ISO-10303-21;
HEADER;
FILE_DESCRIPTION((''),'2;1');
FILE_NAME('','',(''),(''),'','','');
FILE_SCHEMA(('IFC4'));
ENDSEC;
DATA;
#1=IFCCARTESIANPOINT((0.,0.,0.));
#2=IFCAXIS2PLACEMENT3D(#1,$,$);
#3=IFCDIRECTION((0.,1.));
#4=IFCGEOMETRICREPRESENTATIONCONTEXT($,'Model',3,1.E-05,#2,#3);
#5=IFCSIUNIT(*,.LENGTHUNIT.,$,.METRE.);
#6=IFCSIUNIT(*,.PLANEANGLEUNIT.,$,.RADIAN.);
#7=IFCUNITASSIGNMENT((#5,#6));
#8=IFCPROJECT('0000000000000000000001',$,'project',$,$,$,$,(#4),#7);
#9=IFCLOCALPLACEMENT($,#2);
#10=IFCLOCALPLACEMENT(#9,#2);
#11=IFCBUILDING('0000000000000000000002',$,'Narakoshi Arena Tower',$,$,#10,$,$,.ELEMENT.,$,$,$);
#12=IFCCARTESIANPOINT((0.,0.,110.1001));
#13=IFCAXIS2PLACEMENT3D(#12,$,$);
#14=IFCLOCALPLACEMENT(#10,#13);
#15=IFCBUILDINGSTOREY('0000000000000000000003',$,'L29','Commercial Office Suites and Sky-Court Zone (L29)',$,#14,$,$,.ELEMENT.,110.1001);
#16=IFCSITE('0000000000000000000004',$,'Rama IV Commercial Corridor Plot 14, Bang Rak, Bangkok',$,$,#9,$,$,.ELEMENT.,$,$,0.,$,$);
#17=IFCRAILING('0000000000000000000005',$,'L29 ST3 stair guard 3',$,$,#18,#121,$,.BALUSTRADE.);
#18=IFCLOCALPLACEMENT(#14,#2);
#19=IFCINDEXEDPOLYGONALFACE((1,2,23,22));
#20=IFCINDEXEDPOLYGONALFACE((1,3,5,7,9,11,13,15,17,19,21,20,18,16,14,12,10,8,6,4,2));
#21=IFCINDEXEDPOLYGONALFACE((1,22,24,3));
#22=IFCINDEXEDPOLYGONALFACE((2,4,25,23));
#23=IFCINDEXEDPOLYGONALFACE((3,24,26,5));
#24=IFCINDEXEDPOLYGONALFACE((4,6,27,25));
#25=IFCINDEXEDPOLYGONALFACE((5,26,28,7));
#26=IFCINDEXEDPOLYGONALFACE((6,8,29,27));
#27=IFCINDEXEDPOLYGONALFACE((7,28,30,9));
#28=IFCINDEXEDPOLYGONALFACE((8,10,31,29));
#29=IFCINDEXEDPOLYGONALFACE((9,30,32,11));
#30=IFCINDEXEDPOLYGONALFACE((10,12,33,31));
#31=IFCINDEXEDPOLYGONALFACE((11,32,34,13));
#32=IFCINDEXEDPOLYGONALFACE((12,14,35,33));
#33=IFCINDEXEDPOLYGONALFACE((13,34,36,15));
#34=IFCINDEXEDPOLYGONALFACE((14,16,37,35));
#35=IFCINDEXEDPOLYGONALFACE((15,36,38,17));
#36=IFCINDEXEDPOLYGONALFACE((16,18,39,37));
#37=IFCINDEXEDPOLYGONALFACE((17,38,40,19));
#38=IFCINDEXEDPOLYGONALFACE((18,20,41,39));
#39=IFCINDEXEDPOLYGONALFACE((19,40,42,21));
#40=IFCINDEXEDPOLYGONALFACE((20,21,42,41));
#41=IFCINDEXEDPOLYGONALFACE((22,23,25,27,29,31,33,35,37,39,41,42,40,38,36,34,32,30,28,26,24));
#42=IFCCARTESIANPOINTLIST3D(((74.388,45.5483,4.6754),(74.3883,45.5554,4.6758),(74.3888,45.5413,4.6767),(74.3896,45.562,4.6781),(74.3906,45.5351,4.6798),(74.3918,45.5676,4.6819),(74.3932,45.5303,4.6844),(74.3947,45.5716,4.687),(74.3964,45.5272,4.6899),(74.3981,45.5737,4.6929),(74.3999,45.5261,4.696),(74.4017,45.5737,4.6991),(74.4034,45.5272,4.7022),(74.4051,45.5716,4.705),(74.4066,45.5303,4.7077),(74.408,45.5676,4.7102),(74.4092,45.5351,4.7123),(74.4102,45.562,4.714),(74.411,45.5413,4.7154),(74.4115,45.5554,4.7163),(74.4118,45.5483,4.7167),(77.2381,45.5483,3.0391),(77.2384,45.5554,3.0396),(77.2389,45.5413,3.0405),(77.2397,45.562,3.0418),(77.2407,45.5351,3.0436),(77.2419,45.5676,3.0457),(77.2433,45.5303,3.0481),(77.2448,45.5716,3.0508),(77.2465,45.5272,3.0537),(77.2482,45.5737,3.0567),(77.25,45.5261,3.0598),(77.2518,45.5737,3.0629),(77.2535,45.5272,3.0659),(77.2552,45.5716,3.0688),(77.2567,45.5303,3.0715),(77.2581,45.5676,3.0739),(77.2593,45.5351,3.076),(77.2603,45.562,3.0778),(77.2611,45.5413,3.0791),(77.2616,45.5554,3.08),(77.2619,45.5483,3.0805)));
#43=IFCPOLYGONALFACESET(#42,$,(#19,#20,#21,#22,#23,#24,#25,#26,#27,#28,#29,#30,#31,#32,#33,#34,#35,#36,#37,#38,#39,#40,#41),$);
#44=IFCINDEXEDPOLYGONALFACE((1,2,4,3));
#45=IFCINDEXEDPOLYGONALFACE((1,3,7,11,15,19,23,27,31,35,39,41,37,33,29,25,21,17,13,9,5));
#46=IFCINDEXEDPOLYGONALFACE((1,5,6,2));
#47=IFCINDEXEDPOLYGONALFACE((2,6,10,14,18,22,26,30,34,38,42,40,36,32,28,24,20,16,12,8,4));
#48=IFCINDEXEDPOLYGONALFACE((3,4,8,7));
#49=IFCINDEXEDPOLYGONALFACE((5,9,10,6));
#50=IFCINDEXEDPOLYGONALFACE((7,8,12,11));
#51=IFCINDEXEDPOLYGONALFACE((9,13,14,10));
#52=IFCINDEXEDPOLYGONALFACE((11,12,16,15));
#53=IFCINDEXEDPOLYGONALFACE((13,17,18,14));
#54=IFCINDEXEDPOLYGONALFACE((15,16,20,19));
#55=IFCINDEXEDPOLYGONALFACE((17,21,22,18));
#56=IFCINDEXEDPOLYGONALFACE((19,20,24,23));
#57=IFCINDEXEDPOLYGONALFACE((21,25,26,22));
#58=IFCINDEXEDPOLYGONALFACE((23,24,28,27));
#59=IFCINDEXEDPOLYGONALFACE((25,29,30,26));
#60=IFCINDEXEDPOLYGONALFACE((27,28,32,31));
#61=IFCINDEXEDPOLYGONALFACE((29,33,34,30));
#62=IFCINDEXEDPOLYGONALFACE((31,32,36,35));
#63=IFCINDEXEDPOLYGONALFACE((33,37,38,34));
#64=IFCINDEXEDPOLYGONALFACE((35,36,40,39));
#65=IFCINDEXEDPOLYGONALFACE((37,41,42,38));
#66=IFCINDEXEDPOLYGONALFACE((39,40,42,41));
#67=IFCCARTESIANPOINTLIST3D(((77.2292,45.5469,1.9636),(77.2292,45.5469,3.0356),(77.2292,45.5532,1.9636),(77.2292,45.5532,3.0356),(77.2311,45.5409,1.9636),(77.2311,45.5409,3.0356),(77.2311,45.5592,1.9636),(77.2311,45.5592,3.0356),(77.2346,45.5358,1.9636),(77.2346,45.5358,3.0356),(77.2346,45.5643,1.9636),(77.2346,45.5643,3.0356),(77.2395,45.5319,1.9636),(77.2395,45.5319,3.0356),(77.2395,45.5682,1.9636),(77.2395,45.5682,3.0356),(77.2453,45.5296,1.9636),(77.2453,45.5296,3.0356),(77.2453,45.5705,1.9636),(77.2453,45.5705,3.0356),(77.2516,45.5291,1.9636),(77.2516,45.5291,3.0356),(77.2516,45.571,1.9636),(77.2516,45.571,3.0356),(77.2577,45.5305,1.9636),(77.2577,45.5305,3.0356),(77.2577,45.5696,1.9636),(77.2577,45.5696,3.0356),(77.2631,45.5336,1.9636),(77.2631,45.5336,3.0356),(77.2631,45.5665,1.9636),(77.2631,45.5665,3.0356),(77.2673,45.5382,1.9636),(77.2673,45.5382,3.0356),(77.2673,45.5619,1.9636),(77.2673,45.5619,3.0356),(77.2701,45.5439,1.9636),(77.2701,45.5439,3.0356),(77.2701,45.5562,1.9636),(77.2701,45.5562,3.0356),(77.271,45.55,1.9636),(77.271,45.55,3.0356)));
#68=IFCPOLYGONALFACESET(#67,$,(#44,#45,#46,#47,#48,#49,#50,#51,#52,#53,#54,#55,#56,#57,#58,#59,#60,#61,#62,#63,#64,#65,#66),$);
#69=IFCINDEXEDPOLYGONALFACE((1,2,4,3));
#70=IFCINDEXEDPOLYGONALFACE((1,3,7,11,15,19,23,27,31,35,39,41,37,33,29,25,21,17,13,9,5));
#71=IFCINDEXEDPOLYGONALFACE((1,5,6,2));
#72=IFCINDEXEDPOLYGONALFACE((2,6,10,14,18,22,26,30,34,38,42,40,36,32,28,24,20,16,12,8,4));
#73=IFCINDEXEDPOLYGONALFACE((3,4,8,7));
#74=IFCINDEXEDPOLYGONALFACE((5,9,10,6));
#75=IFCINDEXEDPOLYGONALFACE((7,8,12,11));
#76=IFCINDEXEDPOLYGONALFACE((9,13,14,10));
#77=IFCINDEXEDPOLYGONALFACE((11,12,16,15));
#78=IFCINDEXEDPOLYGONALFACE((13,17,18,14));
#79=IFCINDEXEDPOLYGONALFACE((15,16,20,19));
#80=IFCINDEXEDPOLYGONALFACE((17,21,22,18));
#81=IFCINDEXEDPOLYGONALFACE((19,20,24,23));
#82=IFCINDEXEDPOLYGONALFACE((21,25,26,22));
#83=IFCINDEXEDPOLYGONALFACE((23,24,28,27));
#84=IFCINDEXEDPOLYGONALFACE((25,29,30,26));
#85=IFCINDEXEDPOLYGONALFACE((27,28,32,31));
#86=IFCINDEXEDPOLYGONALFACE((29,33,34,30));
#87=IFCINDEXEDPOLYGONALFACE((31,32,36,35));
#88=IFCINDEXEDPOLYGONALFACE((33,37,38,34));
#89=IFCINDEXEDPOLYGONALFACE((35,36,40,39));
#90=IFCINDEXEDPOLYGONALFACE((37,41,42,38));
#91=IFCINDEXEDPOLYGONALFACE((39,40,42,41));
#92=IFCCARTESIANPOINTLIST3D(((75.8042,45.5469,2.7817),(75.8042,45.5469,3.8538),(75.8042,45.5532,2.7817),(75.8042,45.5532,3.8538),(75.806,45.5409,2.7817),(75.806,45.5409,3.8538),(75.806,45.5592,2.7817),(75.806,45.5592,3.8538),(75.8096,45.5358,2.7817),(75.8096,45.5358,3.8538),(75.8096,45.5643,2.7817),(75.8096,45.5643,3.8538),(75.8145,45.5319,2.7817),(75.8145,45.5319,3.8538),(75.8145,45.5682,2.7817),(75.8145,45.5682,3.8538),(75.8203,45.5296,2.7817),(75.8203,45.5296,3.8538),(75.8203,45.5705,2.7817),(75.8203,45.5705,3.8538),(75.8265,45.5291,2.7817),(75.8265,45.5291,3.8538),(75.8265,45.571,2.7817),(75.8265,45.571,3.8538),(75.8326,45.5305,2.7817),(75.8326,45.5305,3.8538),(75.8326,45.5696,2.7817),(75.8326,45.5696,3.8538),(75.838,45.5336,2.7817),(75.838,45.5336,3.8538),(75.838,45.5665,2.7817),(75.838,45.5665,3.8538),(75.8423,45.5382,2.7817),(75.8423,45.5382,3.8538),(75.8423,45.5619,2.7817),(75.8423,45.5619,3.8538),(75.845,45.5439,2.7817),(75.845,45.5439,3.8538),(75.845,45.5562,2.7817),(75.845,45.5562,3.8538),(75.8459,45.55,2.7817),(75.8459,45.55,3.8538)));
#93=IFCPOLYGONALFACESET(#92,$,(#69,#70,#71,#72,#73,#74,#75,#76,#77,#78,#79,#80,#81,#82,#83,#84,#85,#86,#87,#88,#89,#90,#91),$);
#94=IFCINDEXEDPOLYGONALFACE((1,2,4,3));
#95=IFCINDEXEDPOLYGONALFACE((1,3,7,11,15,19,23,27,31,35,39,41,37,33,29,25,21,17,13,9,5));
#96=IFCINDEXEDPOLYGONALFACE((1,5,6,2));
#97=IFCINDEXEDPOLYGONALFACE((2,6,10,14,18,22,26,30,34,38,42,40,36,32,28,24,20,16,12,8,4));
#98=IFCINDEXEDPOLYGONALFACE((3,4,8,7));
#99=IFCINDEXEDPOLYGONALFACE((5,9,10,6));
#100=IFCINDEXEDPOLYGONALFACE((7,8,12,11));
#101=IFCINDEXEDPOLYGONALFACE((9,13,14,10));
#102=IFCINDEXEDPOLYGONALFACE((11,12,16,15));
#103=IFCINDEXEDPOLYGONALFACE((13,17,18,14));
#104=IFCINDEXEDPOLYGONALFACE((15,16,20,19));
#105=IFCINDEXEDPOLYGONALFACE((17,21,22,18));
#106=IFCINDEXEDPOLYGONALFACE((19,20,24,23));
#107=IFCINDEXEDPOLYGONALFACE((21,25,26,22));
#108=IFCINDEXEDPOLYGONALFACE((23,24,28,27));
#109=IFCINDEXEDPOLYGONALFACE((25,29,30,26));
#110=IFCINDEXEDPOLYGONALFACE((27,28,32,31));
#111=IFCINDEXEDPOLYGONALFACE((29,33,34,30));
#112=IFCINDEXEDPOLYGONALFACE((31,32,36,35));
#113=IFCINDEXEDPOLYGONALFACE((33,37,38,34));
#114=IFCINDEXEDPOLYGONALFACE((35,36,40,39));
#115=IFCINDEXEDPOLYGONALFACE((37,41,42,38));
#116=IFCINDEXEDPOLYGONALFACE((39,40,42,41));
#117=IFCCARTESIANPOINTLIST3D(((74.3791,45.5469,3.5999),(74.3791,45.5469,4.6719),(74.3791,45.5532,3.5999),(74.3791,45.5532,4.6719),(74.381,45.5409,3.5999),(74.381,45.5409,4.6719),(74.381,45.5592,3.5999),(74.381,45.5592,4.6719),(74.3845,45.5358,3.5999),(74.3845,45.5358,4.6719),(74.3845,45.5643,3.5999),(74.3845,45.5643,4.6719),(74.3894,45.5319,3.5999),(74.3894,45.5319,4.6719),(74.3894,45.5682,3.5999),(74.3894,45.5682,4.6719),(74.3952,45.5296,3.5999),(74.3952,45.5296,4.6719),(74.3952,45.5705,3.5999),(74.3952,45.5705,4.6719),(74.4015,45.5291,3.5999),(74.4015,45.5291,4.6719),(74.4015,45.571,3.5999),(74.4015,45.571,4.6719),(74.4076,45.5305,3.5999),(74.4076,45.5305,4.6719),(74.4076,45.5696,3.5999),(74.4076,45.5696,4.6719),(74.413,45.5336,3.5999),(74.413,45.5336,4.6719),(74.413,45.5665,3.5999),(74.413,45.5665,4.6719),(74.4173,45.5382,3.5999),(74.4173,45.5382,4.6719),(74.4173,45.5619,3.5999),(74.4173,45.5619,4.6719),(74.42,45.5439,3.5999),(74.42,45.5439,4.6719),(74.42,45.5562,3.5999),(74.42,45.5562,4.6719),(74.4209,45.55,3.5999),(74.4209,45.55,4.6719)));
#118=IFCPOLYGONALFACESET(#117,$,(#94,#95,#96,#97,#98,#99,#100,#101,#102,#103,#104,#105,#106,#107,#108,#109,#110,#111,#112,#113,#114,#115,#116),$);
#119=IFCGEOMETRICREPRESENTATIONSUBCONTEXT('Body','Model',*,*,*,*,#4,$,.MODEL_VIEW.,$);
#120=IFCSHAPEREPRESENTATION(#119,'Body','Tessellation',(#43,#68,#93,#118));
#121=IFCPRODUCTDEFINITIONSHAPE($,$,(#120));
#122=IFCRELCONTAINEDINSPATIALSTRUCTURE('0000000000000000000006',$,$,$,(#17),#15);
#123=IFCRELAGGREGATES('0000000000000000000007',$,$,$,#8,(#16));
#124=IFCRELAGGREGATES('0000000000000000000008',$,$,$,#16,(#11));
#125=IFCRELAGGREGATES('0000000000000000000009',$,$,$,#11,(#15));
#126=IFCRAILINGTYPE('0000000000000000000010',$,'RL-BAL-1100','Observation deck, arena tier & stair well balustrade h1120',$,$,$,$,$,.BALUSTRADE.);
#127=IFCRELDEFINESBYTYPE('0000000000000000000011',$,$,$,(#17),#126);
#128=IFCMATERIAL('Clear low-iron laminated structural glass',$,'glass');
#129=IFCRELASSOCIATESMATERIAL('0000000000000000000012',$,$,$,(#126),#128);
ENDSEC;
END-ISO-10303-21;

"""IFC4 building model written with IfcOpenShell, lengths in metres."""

from ifc_helpers import new_model, si_unit, direction, frame, origin, origin_2d, place, context, subcontext, project, spatial, circle, extrude, material, type_object, element, save


model = new_model("IFC4")

# Units and contexts
model_context = context("Model", 3, precision=1e-05, world=origin(), true_north=direction((0.0, 1.0)))
body_context = subcontext(model_context, "Body", "Model", "MODEL_VIEW")
ifc_project = project(units=[si_unit("LENGTHUNIT", "METRE"), si_unit("PLANEANGLEUNIT", "RADIAN")], contexts=[model_context])

# Site, building, storey
site_placement = place(None, origin())
site = spatial("IfcSite", under=ifc_project, at=site_placement, Name="Rama IV Commercial Corridor Plot 14, Bang Rak, Bangkok", CompositionType="ELEMENT", RefElevation=0.0)
building_placement = place(site_placement, origin())
building = spatial("IfcBuilding", under=site, at=building_placement, Name="Narakoshi Arena Tower", CompositionType="ELEMENT")
storey_placement = place(building_placement, frame((0.0, 0.0, 110.1001)))
storey = spatial("IfcBuildingStorey", under=building, at=storey_placement, Name="L29", Description="Commercial Office Suites and Sky-Court Zone (L29)", CompositionType="ELEMENT", Elevation=110.1001)

# Railing
ifc_material_1 = material(Name="Clear low-iron laminated structural glass", Category="glass")
railing_type_1 = type_object("IfcRailingType", Name="RL-BAL-1100", Description="Observation deck, arena tier & stair well balustrade h1120", PredefinedType="BALUSTRADE", material=ifc_material_1)
railing_1_placement = place(storey_placement, frame((77.25, 45.55, 1.9636)))
element("IfcRailing", 1, at=railing_1_placement, inside=storey, type_object=railing_type_1, Name="L29 ST3 stair guard 3", PredefinedType="BALUSTRADE", context=body_context, shape_type="SweptSolid", body=[
    extrude(circle(Radius=0.0239, at=origin_2d()), frame((0.0, 0.0, 1.0962), z_axis=(-0.867245, 0.0, 0.497882), x_axis=(0.0, -1.0, 0.0)), (0.0, 0.0, 1.0), 3.2864),
    extrude(circle(Radius=0.021, at=origin_2d()), origin(), (0.0, 0.0, 1.0), 1.072),
    extrude(circle(Radius=0.021, at=origin_2d()), frame((-1.425, 0.0, 0.8181)), (0.0, 0.0, 1.0), 1.072),
    extrude(circle(Radius=0.021, at=origin_2d()), frame((-2.8501, 0.0, 1.6362)), (0.0, 0.0, 1.0), 1.072),
])

save(model, "model.ifc")
